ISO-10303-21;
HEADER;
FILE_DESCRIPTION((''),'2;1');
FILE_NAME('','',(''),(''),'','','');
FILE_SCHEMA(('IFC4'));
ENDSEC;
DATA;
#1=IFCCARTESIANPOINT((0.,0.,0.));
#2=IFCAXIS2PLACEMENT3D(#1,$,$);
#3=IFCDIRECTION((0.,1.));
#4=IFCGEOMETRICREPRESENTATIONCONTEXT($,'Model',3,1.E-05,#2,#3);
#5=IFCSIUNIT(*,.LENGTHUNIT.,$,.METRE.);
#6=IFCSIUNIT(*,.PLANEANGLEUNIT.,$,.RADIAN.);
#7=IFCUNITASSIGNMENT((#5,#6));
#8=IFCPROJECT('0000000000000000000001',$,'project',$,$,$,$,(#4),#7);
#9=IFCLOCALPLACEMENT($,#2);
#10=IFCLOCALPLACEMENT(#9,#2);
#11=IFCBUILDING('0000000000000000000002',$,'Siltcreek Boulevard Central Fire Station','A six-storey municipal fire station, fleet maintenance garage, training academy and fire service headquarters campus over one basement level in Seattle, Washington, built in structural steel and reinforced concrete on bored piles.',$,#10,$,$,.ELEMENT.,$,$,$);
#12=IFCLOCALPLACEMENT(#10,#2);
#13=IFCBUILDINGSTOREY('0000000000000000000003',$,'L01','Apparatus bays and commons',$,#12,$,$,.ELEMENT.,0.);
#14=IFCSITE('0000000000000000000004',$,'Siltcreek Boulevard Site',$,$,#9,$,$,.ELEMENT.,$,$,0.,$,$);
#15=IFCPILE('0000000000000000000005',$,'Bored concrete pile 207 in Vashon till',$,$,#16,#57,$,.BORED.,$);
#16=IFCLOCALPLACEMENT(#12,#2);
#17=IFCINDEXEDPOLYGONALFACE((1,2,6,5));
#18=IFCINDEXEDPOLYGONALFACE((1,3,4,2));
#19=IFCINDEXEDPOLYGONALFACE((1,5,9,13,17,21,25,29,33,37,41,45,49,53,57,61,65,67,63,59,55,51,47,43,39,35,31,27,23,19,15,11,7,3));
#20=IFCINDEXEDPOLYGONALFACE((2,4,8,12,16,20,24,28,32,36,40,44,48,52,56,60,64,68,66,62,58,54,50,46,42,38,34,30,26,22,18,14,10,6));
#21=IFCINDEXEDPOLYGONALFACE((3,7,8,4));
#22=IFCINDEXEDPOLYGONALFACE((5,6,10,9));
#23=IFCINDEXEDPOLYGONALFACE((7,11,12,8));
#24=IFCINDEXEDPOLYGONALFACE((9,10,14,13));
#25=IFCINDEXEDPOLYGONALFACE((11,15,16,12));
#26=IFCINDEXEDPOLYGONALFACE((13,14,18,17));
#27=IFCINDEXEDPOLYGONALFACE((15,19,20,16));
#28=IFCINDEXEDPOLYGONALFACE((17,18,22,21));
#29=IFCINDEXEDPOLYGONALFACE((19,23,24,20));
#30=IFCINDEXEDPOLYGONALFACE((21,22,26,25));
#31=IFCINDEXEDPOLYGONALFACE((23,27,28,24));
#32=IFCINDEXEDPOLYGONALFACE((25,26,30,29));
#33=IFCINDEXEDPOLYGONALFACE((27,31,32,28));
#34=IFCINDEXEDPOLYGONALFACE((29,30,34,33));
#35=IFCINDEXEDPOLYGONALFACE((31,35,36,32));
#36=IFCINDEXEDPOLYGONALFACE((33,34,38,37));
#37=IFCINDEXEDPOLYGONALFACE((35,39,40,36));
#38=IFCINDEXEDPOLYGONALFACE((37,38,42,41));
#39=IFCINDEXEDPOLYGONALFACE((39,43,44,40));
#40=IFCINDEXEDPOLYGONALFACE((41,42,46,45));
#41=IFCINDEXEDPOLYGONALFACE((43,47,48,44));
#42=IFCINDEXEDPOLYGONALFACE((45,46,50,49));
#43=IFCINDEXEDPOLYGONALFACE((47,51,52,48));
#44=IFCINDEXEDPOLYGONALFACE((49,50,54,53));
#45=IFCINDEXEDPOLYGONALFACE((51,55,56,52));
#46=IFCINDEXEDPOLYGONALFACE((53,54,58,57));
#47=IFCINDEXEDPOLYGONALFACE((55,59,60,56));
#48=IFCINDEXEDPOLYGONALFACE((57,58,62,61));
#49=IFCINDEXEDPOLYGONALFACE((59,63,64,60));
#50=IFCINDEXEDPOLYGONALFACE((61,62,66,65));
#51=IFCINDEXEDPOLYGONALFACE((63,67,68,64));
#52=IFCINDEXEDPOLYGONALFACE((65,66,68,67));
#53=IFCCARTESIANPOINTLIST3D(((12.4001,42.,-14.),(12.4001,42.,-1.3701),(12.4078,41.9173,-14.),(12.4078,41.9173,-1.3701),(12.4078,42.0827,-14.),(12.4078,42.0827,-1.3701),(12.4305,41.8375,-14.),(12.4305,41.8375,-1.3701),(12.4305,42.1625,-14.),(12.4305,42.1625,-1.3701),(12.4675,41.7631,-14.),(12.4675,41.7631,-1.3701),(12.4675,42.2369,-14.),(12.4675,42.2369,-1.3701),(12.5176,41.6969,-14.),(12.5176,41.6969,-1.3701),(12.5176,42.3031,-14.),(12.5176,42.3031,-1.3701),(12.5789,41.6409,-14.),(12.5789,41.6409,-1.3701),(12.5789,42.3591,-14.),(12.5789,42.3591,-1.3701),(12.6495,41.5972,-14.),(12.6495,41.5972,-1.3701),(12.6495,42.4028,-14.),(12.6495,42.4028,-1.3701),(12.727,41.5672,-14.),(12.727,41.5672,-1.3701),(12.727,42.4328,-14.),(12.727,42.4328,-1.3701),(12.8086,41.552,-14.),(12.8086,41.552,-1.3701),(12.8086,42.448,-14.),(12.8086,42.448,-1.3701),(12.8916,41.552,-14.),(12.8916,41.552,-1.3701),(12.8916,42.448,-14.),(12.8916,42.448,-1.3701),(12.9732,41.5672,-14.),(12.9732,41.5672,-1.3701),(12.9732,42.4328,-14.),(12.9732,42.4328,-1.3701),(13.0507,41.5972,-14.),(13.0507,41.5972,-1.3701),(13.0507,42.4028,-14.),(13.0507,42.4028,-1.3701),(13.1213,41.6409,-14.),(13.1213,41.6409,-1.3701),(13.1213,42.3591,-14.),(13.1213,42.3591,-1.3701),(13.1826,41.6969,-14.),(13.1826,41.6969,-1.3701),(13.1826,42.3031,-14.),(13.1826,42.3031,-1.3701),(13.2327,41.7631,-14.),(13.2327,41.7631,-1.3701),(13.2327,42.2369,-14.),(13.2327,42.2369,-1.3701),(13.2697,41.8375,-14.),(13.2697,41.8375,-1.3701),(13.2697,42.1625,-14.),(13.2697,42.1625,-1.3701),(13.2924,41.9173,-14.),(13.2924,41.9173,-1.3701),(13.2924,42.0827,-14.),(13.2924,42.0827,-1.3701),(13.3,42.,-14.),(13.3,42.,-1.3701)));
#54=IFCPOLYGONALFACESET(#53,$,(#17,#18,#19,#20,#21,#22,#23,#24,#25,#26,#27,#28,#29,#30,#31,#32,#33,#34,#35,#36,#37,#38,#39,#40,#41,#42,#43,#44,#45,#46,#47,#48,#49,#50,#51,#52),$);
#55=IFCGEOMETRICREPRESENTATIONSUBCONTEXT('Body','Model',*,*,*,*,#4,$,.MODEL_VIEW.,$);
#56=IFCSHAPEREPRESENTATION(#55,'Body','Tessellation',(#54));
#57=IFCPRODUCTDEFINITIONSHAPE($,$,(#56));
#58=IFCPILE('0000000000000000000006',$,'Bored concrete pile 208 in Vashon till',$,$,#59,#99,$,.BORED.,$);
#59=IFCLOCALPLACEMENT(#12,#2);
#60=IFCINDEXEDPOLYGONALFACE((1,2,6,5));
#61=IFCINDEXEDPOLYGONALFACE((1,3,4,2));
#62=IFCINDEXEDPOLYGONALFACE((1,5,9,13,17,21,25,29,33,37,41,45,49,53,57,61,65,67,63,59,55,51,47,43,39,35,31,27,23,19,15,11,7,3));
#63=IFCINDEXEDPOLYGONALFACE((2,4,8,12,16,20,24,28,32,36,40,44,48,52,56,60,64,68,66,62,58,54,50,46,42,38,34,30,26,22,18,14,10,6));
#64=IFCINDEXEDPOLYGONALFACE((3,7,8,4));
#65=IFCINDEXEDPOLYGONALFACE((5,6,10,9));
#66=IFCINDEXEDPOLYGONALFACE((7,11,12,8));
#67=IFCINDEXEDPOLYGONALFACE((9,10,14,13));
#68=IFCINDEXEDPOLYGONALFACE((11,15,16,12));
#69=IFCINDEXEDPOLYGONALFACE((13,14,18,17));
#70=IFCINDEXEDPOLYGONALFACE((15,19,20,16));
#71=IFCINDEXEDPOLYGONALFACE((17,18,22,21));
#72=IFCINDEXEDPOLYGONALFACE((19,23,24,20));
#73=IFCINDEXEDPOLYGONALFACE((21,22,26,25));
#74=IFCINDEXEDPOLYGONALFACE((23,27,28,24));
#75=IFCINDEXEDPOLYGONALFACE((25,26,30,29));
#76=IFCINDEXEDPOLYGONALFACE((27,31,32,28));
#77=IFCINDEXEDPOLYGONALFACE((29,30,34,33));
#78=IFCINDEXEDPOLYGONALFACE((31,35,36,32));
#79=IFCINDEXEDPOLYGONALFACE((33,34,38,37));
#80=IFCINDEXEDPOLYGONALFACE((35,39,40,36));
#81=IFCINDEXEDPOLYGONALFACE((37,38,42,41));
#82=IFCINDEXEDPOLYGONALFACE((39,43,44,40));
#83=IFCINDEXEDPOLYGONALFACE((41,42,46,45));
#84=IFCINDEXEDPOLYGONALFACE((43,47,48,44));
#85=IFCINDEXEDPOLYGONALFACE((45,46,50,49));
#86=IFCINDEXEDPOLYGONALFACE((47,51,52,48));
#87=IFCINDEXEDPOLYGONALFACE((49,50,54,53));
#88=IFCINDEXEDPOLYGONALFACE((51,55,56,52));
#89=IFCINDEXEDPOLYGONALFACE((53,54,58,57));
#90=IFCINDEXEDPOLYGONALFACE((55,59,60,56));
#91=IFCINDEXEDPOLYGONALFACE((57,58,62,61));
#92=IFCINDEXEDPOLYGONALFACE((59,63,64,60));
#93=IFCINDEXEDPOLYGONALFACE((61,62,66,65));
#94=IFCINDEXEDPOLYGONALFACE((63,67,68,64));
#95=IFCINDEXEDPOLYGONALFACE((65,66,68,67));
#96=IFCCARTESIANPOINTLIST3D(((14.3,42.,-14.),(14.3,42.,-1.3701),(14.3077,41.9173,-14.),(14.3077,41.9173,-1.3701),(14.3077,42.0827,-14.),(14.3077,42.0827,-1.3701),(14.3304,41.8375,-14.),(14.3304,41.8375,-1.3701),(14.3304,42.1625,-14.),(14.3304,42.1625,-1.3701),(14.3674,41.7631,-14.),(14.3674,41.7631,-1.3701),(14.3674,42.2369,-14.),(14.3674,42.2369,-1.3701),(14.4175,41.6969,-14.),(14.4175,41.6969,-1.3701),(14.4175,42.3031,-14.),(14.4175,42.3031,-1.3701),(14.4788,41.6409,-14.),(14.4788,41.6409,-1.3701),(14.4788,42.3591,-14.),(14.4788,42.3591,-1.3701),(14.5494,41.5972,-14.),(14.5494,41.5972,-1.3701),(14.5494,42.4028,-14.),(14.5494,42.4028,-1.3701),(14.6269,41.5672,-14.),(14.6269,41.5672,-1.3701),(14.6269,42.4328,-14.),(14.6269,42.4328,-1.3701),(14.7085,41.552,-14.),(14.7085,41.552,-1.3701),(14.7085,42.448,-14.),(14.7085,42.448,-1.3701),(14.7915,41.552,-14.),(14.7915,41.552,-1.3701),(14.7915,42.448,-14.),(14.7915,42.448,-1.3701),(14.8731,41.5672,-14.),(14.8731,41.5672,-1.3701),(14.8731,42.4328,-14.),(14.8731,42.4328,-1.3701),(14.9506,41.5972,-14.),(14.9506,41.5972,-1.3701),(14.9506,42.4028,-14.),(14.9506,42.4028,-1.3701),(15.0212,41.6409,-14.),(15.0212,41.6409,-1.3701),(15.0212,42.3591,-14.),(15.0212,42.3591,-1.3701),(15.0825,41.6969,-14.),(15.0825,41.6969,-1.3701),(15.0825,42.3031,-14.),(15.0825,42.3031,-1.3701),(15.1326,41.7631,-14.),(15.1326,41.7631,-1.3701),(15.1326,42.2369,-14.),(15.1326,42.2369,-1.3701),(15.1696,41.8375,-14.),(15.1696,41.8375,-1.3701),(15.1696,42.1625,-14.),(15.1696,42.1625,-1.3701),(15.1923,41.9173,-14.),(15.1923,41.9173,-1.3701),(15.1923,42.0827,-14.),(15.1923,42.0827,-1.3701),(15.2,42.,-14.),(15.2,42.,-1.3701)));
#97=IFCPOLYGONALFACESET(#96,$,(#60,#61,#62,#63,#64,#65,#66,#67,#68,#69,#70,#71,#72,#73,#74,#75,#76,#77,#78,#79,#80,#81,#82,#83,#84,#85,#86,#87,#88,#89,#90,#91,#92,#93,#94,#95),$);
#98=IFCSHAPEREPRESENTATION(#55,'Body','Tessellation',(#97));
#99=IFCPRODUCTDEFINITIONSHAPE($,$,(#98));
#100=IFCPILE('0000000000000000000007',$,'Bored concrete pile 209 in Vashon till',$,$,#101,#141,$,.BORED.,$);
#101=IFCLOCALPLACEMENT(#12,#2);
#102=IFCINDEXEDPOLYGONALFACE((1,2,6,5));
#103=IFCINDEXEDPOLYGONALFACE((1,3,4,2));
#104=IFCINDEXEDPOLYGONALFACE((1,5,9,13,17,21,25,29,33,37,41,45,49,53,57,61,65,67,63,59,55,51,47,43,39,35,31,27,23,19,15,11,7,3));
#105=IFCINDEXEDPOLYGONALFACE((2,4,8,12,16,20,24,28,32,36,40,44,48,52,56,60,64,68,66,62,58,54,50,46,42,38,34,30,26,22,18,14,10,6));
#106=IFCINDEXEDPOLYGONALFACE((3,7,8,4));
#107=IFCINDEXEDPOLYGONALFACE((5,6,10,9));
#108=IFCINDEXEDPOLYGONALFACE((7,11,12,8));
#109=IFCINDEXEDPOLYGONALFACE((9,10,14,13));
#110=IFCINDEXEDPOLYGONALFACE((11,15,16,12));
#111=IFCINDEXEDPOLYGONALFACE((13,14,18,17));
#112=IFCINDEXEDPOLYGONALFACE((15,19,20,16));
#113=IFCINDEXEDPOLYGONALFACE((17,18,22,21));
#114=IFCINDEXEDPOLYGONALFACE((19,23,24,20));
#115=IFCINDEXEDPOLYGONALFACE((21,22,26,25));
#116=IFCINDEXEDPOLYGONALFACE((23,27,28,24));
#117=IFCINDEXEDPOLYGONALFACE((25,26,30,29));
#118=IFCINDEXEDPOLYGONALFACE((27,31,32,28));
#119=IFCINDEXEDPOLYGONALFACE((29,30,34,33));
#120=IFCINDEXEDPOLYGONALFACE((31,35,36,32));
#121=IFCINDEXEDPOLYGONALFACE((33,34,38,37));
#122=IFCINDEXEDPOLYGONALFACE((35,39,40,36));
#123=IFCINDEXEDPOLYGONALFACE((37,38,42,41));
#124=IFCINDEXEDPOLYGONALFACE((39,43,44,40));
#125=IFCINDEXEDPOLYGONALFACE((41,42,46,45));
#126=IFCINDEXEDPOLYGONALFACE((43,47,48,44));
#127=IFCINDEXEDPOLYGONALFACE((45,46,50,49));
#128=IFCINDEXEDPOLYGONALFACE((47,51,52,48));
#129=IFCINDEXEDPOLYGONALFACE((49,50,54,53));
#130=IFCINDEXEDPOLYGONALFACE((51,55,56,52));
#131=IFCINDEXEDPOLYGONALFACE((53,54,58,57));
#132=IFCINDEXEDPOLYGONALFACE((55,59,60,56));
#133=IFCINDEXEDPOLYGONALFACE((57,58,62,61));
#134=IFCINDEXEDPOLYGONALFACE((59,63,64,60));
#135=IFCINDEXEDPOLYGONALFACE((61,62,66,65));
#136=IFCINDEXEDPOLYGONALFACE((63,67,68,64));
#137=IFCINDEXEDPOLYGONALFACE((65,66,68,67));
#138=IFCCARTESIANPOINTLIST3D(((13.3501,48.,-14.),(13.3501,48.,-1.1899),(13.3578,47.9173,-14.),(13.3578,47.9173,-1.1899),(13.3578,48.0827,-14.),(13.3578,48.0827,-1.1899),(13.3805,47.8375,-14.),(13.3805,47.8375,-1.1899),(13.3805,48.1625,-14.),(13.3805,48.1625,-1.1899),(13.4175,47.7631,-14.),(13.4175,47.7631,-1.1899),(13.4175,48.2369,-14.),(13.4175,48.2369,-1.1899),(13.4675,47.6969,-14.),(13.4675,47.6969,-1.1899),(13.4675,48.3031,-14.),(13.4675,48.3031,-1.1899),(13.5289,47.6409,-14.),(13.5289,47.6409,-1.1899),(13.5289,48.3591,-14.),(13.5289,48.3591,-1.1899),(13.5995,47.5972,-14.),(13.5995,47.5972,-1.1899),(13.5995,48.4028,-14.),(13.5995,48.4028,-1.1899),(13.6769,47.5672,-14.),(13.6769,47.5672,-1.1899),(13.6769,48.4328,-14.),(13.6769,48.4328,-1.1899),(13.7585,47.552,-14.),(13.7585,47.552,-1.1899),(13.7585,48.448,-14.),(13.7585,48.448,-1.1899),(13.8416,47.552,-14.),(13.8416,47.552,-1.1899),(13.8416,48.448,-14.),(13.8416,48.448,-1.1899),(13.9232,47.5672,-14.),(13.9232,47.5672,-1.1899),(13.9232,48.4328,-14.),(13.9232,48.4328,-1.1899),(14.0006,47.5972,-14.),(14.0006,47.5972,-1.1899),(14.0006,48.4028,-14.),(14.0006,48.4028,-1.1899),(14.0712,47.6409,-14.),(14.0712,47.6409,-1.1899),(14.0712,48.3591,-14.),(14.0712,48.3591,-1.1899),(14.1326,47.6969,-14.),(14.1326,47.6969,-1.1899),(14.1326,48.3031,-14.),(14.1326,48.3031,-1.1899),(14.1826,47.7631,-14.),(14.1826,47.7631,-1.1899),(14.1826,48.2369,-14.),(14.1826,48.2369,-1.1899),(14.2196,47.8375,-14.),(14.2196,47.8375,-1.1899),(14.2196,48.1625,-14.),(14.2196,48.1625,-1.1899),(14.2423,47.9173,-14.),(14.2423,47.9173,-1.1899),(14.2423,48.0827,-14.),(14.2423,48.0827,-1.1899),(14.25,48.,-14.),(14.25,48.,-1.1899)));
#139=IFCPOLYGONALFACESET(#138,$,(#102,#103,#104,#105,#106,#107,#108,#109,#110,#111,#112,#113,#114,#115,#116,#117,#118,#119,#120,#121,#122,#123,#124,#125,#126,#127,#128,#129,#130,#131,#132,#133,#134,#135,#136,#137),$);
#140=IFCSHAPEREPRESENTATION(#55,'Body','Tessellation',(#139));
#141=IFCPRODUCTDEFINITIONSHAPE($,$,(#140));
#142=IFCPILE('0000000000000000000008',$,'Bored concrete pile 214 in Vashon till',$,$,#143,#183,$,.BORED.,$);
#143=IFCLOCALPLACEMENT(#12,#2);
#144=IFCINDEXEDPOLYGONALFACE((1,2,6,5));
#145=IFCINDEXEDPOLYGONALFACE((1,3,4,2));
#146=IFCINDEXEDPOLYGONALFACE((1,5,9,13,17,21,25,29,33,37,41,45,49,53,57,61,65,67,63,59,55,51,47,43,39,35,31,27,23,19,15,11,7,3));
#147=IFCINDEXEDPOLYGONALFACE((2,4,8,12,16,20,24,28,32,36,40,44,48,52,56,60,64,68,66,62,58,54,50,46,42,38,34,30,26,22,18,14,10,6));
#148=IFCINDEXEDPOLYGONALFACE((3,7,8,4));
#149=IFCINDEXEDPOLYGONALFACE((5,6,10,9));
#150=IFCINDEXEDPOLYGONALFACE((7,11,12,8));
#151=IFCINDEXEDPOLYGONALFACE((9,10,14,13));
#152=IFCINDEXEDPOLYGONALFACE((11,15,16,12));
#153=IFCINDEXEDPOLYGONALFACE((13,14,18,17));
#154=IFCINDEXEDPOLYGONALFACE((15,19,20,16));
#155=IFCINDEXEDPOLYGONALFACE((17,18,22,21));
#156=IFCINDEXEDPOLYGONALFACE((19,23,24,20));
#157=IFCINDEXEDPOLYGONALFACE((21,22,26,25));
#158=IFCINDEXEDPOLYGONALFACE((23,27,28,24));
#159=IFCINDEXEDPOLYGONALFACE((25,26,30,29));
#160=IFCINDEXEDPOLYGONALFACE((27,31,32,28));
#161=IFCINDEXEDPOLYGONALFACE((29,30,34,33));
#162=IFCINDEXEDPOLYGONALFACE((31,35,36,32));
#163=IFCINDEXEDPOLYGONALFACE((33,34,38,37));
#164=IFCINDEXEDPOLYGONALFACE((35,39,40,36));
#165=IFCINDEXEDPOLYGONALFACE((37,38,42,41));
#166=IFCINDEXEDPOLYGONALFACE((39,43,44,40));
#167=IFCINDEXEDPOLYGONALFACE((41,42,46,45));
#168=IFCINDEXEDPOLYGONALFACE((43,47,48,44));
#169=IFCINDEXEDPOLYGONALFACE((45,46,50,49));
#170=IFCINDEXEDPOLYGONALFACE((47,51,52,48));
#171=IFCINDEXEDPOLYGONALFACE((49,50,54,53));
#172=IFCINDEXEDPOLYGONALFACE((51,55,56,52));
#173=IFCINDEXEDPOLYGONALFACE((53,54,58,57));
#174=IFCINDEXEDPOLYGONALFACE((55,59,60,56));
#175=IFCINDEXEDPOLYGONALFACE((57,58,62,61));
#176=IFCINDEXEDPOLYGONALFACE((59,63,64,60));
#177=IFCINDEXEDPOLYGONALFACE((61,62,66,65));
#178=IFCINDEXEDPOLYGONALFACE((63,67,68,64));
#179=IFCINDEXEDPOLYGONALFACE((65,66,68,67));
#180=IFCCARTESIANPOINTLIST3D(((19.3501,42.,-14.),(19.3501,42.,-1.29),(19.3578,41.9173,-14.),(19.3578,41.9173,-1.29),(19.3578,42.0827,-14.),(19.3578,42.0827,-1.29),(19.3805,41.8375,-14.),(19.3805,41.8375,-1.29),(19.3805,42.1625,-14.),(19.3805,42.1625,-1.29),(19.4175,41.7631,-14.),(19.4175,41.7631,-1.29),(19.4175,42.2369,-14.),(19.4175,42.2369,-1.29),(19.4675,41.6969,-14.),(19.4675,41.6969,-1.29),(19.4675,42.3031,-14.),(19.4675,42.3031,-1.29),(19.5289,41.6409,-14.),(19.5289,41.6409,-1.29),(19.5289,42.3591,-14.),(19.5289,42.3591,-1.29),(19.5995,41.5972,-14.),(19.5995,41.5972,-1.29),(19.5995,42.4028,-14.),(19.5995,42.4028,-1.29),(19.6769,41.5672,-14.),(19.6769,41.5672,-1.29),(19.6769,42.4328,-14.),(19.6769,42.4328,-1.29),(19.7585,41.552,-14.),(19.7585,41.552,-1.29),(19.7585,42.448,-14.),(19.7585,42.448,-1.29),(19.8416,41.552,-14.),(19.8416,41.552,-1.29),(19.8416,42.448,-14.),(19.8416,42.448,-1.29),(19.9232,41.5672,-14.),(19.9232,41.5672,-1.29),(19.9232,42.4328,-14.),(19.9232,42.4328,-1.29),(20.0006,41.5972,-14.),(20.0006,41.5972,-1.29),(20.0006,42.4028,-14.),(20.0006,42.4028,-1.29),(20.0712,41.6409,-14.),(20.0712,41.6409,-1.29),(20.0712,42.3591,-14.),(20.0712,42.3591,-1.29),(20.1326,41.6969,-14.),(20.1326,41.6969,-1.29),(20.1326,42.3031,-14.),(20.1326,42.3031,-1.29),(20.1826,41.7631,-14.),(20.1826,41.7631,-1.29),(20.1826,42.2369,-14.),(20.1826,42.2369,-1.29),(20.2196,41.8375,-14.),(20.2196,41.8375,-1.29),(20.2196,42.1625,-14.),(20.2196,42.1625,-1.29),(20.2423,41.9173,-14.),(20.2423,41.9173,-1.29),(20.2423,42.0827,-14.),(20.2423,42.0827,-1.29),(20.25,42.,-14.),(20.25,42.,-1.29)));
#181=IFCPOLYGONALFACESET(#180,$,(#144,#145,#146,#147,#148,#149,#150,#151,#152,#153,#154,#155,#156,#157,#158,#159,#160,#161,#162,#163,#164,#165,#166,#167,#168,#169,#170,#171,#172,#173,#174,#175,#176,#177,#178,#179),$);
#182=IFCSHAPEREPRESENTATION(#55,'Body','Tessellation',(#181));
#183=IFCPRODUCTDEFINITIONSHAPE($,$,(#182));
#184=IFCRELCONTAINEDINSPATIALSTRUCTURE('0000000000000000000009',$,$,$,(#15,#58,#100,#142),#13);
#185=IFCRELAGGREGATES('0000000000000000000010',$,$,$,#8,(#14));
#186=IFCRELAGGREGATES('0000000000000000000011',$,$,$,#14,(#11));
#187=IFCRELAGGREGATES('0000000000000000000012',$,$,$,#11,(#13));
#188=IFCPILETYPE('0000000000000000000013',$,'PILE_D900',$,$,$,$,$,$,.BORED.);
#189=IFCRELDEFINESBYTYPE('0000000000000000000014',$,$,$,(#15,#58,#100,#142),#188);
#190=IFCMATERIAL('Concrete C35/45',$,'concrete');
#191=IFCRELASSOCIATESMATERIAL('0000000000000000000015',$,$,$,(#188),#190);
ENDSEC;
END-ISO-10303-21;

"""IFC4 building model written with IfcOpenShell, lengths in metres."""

from ifc_helpers import new_model, si_unit, direction, frame, origin, origin_2d, place, context, subcontext, project, spatial, circle, extrude, material, material_profile, profile_set, type_object, element, save


model = new_model("IFC4")

# Units and contexts
model_context = context("Model", 3, precision=1e-05, world=origin(), true_north=direction((0.0, 1.0)))
body_context = subcontext(model_context, "Body", "Model", "MODEL_VIEW")
ifc_project = project(units=[si_unit("LENGTHUNIT", "METRE"), si_unit("PLANEANGLEUNIT", "RADIAN")], contexts=[model_context])

# Site, building, storey
site_placement = place(None, origin())
site = spatial("IfcSite", under=ifc_project, at=site_placement, Name="Siltcreek Boulevard Site", CompositionType="ELEMENT", RefElevation=0.0)
building_placement = place(site_placement, origin())
building = spatial("IfcBuilding", under=site, at=building_placement, Name="Siltcreek Boulevard Central Fire Station", Description="A six-storey municipal fire station, fleet maintenance garage, training academy and fire service headquarters campus over one basement level in Seattle, Washington, built in structural steel and reinforced concrete on bored piles.", CompositionType="ELEMENT")
storey_placement = place(building_placement, origin())
storey = spatial("IfcBuildingStorey", under=building, at=storey_placement, Name="L01", Description="Apparatus bays and commons", CompositionType="ELEMENT", Elevation=0.0)

# Shared definitions
ifc_material_1 = material(Name="Concrete C35/45", Category="concrete")

# Piles
ifc_material_profile_1 = material_profile(ifc_material_1, circle(Radius=0.45, at=origin_2d()), Name="SHAFT900")
ifc_profile_set_1 = profile_set([ifc_material_profile_1], Name="Concrete C35/45")
pile_type_1 = type_object("IfcPileType", Name="PILE_D900", PredefinedType="BORED", material=ifc_profile_set_1)
for number, where, z_axis, x_axis, name in (
    (1, (12.8501, 42.0, -1.3701), (0.0, 0.0, -1.0), (1.0, 0.0, 0.0), "Bored concrete pile 207 in Vashon till"),
    (2, (14.75, 42.0, -1.3701), (0.0, 0.0, -1.0), (1.0, 0.0, 0.0), "Bored concrete pile 208 in Vashon till"),
):
    element("IfcPile", number, at=place(storey_placement, frame(where, z_axis=z_axis, x_axis=x_axis)), inside=storey, type_object=pile_type_1, Name=name, PredefinedType="BORED", context=body_context, shape_type="SweptSolid", body=[
        extrude(circle(Radius=0.45, at=origin_2d()), origin(), (0.0, 0.0, 1.0), 12.6299),
    ])
pile_1_placement = place(storey_placement, frame((13.8, 48.0, -1.1899), z_axis=(0.0, 0.0, -1.0), x_axis=(1.0, 0.0, 0.0)))
element("IfcPile", 3, at=pile_1_placement, inside=storey, type_object=pile_type_1, Name="Bored concrete pile 209 in Vashon till", PredefinedType="BORED", context=body_context, shape_type="SweptSolid", body=[
    extrude(circle(Radius=0.45, at=origin_2d()), origin(), (0.0, 0.0, 1.0), 12.8101),
])
pile_2_placement = place(storey_placement, frame((19.8, 42.0, -1.29), z_axis=(0.0, 0.0, -1.0), x_axis=(1.0, 0.0, 0.0)))
element("IfcPile", 4, at=pile_2_placement, inside=storey, type_object=pile_type_1, Name="Bored concrete pile 214 in Vashon till", PredefinedType="BORED", context=body_context, shape_type="SweptSolid", body=[
    extrude(circle(Radius=0.45, at=origin_2d()), origin(), (0.0, 0.0, 1.0), 12.71),
])

save(model, "model.ifc")
